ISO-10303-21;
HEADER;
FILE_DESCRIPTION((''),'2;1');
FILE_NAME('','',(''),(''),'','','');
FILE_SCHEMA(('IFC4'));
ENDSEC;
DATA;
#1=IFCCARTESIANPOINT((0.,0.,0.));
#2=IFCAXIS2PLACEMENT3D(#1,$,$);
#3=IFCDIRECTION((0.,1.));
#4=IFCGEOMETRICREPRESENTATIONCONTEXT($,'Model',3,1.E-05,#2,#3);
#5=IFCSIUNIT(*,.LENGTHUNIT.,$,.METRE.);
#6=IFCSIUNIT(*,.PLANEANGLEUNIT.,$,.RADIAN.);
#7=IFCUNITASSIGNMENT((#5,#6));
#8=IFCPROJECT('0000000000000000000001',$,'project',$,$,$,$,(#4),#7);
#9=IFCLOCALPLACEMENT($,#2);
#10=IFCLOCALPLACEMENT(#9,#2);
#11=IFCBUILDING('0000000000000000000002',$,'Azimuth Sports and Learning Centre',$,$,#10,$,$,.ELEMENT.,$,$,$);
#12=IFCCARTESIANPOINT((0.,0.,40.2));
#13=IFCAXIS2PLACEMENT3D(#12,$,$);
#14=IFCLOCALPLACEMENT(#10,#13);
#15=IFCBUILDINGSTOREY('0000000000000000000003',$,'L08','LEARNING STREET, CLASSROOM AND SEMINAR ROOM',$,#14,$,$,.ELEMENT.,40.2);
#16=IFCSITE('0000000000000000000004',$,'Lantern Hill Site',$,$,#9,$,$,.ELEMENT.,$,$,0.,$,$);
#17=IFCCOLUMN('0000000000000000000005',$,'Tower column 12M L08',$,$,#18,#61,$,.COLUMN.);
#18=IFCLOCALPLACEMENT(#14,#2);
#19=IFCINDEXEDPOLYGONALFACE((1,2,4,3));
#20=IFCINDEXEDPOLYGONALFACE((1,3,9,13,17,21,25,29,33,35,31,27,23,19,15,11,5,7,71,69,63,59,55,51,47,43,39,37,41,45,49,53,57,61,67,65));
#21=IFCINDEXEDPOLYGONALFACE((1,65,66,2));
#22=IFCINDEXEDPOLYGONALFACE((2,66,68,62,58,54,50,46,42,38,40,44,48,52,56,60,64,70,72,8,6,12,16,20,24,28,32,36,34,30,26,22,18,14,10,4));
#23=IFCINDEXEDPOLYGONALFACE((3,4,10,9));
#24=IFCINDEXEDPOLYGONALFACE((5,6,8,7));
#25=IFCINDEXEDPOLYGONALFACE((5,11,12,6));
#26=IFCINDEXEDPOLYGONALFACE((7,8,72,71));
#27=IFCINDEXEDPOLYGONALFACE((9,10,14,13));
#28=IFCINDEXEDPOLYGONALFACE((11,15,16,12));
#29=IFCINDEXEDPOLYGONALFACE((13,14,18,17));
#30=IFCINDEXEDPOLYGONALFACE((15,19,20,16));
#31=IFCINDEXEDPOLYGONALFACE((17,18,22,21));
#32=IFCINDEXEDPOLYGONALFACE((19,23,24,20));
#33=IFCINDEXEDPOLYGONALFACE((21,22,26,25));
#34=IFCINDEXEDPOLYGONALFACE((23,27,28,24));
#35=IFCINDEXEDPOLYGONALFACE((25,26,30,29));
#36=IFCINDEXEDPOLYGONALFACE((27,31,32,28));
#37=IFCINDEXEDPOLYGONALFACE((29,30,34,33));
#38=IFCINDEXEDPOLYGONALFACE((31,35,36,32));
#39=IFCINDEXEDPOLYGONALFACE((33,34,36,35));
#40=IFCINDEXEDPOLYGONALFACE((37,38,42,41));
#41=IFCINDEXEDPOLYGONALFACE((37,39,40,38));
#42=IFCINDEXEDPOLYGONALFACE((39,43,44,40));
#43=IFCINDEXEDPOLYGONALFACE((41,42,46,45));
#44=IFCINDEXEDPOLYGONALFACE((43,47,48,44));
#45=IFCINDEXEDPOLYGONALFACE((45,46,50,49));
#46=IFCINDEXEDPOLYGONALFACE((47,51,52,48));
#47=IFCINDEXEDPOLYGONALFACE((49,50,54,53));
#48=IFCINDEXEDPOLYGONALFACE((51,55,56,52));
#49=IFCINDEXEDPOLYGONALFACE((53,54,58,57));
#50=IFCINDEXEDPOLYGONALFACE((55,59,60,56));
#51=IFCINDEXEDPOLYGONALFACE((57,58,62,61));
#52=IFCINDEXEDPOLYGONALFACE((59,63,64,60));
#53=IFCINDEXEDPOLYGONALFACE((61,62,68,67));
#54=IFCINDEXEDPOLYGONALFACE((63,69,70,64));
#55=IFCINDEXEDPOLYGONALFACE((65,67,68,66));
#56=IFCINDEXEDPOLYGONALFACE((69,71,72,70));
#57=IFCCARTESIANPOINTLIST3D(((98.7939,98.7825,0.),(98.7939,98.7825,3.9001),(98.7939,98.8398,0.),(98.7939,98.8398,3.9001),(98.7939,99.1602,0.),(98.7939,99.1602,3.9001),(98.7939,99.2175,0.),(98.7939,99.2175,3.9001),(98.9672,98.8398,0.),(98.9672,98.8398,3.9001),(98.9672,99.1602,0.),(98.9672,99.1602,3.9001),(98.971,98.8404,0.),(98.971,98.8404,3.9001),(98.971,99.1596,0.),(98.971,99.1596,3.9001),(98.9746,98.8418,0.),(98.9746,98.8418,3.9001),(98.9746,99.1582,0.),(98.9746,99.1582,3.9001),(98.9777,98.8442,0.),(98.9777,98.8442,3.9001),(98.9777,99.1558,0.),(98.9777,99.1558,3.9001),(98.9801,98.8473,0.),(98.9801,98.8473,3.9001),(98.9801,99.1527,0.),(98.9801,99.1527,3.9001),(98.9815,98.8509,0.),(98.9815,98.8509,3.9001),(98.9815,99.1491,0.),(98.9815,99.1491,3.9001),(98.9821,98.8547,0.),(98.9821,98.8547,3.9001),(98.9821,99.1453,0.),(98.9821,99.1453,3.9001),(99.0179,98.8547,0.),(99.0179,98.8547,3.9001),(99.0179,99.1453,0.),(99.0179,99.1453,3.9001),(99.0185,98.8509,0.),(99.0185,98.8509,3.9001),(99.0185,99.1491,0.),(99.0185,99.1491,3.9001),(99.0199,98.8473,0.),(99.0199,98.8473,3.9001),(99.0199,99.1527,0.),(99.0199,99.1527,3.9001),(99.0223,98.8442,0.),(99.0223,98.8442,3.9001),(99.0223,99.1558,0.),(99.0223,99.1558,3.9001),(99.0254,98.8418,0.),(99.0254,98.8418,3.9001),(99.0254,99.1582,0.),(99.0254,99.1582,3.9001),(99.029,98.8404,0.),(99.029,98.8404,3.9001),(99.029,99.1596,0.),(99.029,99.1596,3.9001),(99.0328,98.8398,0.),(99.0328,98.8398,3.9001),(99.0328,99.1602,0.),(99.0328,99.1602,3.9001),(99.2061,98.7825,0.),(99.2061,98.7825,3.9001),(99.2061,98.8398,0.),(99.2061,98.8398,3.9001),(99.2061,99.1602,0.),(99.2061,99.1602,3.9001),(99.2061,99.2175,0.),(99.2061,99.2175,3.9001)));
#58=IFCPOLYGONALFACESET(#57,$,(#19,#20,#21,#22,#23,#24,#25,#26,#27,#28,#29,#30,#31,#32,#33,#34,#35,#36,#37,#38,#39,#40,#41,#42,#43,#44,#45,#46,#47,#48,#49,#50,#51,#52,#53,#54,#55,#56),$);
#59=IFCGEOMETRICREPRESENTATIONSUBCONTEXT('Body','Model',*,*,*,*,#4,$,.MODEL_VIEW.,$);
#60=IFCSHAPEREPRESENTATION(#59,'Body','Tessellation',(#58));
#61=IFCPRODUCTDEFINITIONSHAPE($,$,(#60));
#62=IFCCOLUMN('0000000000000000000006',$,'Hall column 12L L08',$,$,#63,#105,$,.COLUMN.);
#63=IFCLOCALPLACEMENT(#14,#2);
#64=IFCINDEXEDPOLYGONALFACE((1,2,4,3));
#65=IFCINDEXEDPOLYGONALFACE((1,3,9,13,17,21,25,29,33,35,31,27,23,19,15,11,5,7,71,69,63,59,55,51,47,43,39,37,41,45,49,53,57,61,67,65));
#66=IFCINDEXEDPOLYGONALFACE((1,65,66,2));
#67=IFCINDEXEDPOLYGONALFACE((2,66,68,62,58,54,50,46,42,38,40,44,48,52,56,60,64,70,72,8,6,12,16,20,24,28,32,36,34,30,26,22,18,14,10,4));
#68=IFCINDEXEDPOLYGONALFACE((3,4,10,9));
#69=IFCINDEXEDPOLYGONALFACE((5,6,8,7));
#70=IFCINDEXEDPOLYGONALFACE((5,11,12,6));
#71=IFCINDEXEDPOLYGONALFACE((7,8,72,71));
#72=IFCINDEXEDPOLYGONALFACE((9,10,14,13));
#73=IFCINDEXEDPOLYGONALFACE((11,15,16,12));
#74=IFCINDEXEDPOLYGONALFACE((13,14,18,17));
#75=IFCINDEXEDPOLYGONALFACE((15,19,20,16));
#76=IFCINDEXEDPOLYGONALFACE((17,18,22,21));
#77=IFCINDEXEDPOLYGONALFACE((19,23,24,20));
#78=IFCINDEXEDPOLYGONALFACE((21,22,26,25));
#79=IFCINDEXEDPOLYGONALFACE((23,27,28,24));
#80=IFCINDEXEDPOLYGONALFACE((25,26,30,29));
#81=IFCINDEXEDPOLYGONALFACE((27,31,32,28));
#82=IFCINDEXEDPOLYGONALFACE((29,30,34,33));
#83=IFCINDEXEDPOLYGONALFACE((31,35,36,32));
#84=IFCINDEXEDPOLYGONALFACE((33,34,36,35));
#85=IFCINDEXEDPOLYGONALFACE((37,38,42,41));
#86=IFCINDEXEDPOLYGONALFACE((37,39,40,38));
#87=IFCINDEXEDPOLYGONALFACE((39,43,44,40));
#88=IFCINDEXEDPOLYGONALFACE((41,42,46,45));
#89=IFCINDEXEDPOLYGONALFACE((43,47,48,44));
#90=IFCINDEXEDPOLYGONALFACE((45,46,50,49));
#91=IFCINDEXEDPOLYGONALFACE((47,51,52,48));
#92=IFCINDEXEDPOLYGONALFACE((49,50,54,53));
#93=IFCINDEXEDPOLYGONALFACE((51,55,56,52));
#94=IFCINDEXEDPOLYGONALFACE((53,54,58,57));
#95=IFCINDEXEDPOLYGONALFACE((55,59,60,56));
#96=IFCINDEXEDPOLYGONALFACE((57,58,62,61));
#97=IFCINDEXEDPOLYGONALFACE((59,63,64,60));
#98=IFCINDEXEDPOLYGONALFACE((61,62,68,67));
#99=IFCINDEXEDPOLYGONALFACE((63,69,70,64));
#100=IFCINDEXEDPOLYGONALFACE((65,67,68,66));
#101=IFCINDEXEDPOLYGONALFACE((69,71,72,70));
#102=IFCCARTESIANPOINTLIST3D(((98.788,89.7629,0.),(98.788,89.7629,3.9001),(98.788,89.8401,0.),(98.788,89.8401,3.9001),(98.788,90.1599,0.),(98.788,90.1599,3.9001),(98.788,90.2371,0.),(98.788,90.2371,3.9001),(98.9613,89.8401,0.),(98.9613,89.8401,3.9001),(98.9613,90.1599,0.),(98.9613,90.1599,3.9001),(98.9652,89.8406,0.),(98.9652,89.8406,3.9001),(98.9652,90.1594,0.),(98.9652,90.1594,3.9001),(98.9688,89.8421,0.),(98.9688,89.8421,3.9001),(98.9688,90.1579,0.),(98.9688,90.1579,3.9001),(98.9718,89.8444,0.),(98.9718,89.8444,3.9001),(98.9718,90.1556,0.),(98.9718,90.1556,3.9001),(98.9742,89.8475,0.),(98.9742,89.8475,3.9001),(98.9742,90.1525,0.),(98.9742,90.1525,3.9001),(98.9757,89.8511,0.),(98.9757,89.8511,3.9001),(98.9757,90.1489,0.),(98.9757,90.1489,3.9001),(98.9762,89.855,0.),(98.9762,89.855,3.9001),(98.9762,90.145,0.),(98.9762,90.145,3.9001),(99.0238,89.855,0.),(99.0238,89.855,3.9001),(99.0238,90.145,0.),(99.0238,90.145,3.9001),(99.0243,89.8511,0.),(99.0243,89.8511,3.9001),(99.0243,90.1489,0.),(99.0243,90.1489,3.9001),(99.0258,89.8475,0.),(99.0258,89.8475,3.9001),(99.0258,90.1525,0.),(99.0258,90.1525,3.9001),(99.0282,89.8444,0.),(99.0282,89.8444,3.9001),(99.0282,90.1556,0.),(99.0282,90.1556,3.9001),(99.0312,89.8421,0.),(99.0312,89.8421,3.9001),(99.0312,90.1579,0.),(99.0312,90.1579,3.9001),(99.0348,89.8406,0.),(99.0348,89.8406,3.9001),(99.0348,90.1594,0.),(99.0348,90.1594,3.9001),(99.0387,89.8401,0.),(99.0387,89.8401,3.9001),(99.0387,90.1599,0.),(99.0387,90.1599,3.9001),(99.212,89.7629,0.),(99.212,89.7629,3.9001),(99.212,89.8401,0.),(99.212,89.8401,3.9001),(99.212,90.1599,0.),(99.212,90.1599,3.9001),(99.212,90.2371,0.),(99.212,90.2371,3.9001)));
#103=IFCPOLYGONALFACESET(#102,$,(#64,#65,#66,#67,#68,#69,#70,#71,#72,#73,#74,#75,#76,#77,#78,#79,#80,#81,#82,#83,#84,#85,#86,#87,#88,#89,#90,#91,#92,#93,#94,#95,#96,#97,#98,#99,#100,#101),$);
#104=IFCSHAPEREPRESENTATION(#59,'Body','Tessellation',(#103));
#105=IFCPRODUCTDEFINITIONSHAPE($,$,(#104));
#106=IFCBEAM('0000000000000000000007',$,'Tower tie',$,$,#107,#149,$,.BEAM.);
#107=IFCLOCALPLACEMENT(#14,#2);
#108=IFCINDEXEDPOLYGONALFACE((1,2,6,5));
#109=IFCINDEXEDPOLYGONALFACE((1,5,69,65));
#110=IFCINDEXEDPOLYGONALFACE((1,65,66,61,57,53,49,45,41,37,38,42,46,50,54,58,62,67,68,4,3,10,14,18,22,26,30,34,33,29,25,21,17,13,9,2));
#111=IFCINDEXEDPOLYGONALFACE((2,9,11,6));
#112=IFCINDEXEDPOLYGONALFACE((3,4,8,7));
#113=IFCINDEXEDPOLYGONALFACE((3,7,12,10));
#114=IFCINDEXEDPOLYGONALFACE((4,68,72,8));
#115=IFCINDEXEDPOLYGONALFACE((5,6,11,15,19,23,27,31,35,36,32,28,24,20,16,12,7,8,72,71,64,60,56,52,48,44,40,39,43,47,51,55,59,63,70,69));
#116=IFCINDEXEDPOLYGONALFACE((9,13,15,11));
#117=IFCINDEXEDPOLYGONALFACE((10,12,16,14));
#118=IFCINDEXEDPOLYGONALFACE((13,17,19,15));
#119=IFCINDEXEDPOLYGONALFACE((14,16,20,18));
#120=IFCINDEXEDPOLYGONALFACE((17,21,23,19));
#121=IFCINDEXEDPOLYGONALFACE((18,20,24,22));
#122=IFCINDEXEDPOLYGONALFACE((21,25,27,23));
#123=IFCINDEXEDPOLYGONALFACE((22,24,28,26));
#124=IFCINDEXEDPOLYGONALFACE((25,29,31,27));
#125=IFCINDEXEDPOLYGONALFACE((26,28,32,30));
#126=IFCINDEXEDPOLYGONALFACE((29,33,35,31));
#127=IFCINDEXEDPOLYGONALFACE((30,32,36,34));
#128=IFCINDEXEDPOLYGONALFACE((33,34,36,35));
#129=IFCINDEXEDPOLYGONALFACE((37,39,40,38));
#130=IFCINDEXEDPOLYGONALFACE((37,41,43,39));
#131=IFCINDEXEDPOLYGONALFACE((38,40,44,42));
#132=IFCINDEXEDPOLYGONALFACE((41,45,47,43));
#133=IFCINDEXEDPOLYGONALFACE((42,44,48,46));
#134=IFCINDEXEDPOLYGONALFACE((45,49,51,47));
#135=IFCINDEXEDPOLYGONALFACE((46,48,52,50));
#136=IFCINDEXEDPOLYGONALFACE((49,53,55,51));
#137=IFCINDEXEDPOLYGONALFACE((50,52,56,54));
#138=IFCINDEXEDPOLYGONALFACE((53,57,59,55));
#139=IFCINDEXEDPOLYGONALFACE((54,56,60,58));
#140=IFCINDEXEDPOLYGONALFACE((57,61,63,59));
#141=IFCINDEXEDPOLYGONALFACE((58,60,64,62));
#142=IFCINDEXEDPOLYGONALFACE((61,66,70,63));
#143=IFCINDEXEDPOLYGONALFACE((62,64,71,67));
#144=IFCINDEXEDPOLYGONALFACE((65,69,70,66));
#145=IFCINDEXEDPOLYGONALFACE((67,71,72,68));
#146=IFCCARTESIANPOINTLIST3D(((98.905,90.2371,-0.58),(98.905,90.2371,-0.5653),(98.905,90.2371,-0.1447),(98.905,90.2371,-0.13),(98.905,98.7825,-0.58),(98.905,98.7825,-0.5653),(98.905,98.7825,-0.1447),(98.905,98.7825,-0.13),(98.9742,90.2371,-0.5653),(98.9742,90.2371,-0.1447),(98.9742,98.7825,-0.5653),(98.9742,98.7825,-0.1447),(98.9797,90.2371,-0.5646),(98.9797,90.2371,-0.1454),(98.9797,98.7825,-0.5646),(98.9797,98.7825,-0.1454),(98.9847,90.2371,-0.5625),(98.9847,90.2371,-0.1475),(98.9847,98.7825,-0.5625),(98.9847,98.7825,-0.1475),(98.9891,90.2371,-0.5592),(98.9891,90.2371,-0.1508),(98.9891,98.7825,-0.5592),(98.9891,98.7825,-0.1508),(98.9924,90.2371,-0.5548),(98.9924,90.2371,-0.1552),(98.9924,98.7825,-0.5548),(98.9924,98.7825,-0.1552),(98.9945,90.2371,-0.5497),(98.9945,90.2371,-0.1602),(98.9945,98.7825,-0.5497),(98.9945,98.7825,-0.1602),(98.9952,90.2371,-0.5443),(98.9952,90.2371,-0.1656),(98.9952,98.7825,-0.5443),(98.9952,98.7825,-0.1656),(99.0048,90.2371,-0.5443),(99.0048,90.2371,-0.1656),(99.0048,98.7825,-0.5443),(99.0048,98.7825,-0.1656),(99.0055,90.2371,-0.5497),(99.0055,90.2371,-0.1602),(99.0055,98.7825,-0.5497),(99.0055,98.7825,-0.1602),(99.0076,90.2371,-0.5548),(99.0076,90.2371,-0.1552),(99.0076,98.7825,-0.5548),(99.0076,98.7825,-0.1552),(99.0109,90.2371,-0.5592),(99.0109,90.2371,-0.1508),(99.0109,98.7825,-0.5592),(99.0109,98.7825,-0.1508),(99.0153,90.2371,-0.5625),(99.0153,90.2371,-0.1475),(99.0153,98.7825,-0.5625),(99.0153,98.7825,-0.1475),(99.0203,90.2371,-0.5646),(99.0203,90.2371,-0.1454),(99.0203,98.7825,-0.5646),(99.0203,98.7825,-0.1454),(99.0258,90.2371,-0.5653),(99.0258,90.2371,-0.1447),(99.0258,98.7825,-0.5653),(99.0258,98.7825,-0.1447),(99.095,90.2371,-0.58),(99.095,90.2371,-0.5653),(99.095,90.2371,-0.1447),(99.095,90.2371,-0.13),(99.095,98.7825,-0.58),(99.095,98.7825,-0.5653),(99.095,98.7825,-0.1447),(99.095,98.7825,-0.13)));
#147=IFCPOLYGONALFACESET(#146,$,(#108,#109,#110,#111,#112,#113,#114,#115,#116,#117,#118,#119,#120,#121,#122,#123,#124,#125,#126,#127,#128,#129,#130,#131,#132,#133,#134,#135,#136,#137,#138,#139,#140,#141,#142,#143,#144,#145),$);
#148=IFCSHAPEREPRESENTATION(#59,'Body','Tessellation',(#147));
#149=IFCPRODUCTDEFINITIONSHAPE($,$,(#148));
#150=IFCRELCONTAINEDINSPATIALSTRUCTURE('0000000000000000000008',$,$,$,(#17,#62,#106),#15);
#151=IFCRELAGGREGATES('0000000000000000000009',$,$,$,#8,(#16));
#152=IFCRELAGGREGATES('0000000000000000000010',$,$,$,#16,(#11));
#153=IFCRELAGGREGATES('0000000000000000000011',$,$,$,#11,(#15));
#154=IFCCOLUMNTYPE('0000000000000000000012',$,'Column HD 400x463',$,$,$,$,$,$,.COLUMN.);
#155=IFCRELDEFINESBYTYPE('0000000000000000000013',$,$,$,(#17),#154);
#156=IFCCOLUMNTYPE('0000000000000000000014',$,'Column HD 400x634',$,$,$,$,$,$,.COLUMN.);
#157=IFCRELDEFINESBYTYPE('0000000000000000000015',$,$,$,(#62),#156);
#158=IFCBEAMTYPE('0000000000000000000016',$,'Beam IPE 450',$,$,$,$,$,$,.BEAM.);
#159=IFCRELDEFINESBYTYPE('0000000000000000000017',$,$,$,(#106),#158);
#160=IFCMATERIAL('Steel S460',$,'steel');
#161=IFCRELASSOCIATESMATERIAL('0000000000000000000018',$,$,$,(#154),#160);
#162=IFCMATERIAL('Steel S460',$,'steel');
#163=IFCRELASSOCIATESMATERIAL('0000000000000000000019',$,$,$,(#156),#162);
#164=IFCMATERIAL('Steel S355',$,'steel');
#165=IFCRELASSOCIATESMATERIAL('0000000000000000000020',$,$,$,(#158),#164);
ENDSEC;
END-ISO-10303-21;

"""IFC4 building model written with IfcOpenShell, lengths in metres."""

from ifc_helpers import new_model, si_unit, direction, frame, origin, origin_2d, place, context, subcontext, project, spatial, i_section, extrude, material, material_profile, profile_set, type_object, element, save


model = new_model("IFC4")

# Units and contexts
model_context = context("Model", 3, precision=1e-05, world=origin(), true_north=direction((0.0, 1.0)))
body_context = subcontext(model_context, "Body", "Model", "MODEL_VIEW")
ifc_project = project(units=[si_unit("LENGTHUNIT", "METRE"), si_unit("PLANEANGLEUNIT", "RADIAN")], contexts=[model_context])

# Site, building, storey
site_placement = place(None, origin())
site = spatial("IfcSite", under=ifc_project, at=site_placement, Name="Lantern Hill Site", CompositionType="ELEMENT", RefElevation=0.0)
building_placement = place(site_placement, origin())
building = spatial("IfcBuilding", under=site, at=building_placement, Name="Azimuth Sports and Learning Centre", CompositionType="ELEMENT")
storey_placement = place(building_placement, frame((0.0, 0.0, 40.2)))
storey = spatial("IfcBuildingStorey", under=building, at=storey_placement, Name="L08", Description="LEARNING STREET, CLASSROOM AND SEMINAR ROOM", CompositionType="ELEMENT", Elevation=40.2)

# Columns
ifc_material_1 = material(Name="Steel S460", Category="steel")
ifc_material_profile_1 = material_profile(ifc_material_1, i_section(OverallWidth=0.4121, OverallDepth=0.4351, WebThickness=0.0359, FlangeThickness=0.0574, FilletRadius=0.0149, at=origin_2d()), Name="HD 400x463")
ifc_profile_set_1 = profile_set([ifc_material_profile_1], Name="Steel S460")
column_type_1 = type_object("IfcColumnType", Name="Column HD 400x463", PredefinedType="COLUMN", material=ifc_profile_set_1)
column_1_placement = place(storey_placement, frame((99.0, 99.0, 0.0), z_axis=(0.0, 0.0, 1.0), x_axis=(1.0, 0.0, 0.0)))
element("IfcColumn", 1, at=column_1_placement, inside=storey, type_object=column_type_1, Name="Tower column 12M L08", PredefinedType="COLUMN", context=body_context, shape_type="SweptSolid", body=[
    extrude(i_section(OverallWidth=0.4121, OverallDepth=0.4351, WebThickness=0.0359, FlangeThickness=0.0574, FilletRadius=0.0149, at=origin_2d()), origin(), (0.0, 0.0, 1.0), 3.9001),
])
ifc_material_2 = material(Name="Steel S460", Category="steel")
ifc_material_profile_2 = material_profile(ifc_material_2, i_section(OverallWidth=0.4241, OverallDepth=0.4741, WebThickness=0.0476, FlangeThickness=0.0771, FilletRadius=0.0149, at=origin_2d()), Name="HD 400x634")
ifc_profile_set_2 = profile_set([ifc_material_profile_2], Name="Steel S460")
column_type_2 = type_object("IfcColumnType", Name="Column HD 400x634", PredefinedType="COLUMN", material=ifc_profile_set_2)
column_2_placement = place(storey_placement, frame((99.0, 90.0, 0.0), z_axis=(0.0, 0.0, 1.0), x_axis=(1.0, 0.0, 0.0)))
element("IfcColumn", 2, at=column_2_placement, inside=storey, type_object=column_type_2, Name="Hall column 12L L08", PredefinedType="COLUMN", context=body_context, shape_type="SweptSolid", body=[
    extrude(i_section(OverallWidth=0.4241, OverallDepth=0.4741, WebThickness=0.0476, FlangeThickness=0.0771, FilletRadius=0.0149, at=origin_2d()), origin(), (0.0, 0.0, 1.0), 3.9001),
])

# Beam
ifc_material_3 = material(Name="Steel S355", Category="steel")
ifc_material_profile_3 = material_profile(ifc_material_3, i_section(OverallWidth=0.1899, OverallDepth=0.45, WebThickness=0.0095, FlangeThickness=0.0146, FilletRadius=0.021, at=origin_2d()), Name="IPE 450")
ifc_profile_set_3 = profile_set([ifc_material_profile_3], Name="Steel S355")
beam_type_1 = type_object("IfcBeamType", Name="Beam IPE 450", PredefinedType="BEAM", material=ifc_profile_set_3)
beam_1_placement = place(storey_placement, frame((99.0, 90.2371, -0.355), z_axis=(0.0, 1.0, 0.0), x_axis=(-1.0, 0.0, 0.0)))
element("IfcBeam", 3, at=beam_1_placement, inside=storey, type_object=beam_type_1, Name="Tower tie", PredefinedType="BEAM", context=body_context, shape_type="SweptSolid", body=[
    extrude(i_section(OverallWidth=0.1899, OverallDepth=0.45, WebThickness=0.0095, FlangeThickness=0.0146, FilletRadius=0.021, at=origin_2d()), origin(), (0.0, 0.0, 1.0), 8.5454),
])

save(model, "model.ifc")
